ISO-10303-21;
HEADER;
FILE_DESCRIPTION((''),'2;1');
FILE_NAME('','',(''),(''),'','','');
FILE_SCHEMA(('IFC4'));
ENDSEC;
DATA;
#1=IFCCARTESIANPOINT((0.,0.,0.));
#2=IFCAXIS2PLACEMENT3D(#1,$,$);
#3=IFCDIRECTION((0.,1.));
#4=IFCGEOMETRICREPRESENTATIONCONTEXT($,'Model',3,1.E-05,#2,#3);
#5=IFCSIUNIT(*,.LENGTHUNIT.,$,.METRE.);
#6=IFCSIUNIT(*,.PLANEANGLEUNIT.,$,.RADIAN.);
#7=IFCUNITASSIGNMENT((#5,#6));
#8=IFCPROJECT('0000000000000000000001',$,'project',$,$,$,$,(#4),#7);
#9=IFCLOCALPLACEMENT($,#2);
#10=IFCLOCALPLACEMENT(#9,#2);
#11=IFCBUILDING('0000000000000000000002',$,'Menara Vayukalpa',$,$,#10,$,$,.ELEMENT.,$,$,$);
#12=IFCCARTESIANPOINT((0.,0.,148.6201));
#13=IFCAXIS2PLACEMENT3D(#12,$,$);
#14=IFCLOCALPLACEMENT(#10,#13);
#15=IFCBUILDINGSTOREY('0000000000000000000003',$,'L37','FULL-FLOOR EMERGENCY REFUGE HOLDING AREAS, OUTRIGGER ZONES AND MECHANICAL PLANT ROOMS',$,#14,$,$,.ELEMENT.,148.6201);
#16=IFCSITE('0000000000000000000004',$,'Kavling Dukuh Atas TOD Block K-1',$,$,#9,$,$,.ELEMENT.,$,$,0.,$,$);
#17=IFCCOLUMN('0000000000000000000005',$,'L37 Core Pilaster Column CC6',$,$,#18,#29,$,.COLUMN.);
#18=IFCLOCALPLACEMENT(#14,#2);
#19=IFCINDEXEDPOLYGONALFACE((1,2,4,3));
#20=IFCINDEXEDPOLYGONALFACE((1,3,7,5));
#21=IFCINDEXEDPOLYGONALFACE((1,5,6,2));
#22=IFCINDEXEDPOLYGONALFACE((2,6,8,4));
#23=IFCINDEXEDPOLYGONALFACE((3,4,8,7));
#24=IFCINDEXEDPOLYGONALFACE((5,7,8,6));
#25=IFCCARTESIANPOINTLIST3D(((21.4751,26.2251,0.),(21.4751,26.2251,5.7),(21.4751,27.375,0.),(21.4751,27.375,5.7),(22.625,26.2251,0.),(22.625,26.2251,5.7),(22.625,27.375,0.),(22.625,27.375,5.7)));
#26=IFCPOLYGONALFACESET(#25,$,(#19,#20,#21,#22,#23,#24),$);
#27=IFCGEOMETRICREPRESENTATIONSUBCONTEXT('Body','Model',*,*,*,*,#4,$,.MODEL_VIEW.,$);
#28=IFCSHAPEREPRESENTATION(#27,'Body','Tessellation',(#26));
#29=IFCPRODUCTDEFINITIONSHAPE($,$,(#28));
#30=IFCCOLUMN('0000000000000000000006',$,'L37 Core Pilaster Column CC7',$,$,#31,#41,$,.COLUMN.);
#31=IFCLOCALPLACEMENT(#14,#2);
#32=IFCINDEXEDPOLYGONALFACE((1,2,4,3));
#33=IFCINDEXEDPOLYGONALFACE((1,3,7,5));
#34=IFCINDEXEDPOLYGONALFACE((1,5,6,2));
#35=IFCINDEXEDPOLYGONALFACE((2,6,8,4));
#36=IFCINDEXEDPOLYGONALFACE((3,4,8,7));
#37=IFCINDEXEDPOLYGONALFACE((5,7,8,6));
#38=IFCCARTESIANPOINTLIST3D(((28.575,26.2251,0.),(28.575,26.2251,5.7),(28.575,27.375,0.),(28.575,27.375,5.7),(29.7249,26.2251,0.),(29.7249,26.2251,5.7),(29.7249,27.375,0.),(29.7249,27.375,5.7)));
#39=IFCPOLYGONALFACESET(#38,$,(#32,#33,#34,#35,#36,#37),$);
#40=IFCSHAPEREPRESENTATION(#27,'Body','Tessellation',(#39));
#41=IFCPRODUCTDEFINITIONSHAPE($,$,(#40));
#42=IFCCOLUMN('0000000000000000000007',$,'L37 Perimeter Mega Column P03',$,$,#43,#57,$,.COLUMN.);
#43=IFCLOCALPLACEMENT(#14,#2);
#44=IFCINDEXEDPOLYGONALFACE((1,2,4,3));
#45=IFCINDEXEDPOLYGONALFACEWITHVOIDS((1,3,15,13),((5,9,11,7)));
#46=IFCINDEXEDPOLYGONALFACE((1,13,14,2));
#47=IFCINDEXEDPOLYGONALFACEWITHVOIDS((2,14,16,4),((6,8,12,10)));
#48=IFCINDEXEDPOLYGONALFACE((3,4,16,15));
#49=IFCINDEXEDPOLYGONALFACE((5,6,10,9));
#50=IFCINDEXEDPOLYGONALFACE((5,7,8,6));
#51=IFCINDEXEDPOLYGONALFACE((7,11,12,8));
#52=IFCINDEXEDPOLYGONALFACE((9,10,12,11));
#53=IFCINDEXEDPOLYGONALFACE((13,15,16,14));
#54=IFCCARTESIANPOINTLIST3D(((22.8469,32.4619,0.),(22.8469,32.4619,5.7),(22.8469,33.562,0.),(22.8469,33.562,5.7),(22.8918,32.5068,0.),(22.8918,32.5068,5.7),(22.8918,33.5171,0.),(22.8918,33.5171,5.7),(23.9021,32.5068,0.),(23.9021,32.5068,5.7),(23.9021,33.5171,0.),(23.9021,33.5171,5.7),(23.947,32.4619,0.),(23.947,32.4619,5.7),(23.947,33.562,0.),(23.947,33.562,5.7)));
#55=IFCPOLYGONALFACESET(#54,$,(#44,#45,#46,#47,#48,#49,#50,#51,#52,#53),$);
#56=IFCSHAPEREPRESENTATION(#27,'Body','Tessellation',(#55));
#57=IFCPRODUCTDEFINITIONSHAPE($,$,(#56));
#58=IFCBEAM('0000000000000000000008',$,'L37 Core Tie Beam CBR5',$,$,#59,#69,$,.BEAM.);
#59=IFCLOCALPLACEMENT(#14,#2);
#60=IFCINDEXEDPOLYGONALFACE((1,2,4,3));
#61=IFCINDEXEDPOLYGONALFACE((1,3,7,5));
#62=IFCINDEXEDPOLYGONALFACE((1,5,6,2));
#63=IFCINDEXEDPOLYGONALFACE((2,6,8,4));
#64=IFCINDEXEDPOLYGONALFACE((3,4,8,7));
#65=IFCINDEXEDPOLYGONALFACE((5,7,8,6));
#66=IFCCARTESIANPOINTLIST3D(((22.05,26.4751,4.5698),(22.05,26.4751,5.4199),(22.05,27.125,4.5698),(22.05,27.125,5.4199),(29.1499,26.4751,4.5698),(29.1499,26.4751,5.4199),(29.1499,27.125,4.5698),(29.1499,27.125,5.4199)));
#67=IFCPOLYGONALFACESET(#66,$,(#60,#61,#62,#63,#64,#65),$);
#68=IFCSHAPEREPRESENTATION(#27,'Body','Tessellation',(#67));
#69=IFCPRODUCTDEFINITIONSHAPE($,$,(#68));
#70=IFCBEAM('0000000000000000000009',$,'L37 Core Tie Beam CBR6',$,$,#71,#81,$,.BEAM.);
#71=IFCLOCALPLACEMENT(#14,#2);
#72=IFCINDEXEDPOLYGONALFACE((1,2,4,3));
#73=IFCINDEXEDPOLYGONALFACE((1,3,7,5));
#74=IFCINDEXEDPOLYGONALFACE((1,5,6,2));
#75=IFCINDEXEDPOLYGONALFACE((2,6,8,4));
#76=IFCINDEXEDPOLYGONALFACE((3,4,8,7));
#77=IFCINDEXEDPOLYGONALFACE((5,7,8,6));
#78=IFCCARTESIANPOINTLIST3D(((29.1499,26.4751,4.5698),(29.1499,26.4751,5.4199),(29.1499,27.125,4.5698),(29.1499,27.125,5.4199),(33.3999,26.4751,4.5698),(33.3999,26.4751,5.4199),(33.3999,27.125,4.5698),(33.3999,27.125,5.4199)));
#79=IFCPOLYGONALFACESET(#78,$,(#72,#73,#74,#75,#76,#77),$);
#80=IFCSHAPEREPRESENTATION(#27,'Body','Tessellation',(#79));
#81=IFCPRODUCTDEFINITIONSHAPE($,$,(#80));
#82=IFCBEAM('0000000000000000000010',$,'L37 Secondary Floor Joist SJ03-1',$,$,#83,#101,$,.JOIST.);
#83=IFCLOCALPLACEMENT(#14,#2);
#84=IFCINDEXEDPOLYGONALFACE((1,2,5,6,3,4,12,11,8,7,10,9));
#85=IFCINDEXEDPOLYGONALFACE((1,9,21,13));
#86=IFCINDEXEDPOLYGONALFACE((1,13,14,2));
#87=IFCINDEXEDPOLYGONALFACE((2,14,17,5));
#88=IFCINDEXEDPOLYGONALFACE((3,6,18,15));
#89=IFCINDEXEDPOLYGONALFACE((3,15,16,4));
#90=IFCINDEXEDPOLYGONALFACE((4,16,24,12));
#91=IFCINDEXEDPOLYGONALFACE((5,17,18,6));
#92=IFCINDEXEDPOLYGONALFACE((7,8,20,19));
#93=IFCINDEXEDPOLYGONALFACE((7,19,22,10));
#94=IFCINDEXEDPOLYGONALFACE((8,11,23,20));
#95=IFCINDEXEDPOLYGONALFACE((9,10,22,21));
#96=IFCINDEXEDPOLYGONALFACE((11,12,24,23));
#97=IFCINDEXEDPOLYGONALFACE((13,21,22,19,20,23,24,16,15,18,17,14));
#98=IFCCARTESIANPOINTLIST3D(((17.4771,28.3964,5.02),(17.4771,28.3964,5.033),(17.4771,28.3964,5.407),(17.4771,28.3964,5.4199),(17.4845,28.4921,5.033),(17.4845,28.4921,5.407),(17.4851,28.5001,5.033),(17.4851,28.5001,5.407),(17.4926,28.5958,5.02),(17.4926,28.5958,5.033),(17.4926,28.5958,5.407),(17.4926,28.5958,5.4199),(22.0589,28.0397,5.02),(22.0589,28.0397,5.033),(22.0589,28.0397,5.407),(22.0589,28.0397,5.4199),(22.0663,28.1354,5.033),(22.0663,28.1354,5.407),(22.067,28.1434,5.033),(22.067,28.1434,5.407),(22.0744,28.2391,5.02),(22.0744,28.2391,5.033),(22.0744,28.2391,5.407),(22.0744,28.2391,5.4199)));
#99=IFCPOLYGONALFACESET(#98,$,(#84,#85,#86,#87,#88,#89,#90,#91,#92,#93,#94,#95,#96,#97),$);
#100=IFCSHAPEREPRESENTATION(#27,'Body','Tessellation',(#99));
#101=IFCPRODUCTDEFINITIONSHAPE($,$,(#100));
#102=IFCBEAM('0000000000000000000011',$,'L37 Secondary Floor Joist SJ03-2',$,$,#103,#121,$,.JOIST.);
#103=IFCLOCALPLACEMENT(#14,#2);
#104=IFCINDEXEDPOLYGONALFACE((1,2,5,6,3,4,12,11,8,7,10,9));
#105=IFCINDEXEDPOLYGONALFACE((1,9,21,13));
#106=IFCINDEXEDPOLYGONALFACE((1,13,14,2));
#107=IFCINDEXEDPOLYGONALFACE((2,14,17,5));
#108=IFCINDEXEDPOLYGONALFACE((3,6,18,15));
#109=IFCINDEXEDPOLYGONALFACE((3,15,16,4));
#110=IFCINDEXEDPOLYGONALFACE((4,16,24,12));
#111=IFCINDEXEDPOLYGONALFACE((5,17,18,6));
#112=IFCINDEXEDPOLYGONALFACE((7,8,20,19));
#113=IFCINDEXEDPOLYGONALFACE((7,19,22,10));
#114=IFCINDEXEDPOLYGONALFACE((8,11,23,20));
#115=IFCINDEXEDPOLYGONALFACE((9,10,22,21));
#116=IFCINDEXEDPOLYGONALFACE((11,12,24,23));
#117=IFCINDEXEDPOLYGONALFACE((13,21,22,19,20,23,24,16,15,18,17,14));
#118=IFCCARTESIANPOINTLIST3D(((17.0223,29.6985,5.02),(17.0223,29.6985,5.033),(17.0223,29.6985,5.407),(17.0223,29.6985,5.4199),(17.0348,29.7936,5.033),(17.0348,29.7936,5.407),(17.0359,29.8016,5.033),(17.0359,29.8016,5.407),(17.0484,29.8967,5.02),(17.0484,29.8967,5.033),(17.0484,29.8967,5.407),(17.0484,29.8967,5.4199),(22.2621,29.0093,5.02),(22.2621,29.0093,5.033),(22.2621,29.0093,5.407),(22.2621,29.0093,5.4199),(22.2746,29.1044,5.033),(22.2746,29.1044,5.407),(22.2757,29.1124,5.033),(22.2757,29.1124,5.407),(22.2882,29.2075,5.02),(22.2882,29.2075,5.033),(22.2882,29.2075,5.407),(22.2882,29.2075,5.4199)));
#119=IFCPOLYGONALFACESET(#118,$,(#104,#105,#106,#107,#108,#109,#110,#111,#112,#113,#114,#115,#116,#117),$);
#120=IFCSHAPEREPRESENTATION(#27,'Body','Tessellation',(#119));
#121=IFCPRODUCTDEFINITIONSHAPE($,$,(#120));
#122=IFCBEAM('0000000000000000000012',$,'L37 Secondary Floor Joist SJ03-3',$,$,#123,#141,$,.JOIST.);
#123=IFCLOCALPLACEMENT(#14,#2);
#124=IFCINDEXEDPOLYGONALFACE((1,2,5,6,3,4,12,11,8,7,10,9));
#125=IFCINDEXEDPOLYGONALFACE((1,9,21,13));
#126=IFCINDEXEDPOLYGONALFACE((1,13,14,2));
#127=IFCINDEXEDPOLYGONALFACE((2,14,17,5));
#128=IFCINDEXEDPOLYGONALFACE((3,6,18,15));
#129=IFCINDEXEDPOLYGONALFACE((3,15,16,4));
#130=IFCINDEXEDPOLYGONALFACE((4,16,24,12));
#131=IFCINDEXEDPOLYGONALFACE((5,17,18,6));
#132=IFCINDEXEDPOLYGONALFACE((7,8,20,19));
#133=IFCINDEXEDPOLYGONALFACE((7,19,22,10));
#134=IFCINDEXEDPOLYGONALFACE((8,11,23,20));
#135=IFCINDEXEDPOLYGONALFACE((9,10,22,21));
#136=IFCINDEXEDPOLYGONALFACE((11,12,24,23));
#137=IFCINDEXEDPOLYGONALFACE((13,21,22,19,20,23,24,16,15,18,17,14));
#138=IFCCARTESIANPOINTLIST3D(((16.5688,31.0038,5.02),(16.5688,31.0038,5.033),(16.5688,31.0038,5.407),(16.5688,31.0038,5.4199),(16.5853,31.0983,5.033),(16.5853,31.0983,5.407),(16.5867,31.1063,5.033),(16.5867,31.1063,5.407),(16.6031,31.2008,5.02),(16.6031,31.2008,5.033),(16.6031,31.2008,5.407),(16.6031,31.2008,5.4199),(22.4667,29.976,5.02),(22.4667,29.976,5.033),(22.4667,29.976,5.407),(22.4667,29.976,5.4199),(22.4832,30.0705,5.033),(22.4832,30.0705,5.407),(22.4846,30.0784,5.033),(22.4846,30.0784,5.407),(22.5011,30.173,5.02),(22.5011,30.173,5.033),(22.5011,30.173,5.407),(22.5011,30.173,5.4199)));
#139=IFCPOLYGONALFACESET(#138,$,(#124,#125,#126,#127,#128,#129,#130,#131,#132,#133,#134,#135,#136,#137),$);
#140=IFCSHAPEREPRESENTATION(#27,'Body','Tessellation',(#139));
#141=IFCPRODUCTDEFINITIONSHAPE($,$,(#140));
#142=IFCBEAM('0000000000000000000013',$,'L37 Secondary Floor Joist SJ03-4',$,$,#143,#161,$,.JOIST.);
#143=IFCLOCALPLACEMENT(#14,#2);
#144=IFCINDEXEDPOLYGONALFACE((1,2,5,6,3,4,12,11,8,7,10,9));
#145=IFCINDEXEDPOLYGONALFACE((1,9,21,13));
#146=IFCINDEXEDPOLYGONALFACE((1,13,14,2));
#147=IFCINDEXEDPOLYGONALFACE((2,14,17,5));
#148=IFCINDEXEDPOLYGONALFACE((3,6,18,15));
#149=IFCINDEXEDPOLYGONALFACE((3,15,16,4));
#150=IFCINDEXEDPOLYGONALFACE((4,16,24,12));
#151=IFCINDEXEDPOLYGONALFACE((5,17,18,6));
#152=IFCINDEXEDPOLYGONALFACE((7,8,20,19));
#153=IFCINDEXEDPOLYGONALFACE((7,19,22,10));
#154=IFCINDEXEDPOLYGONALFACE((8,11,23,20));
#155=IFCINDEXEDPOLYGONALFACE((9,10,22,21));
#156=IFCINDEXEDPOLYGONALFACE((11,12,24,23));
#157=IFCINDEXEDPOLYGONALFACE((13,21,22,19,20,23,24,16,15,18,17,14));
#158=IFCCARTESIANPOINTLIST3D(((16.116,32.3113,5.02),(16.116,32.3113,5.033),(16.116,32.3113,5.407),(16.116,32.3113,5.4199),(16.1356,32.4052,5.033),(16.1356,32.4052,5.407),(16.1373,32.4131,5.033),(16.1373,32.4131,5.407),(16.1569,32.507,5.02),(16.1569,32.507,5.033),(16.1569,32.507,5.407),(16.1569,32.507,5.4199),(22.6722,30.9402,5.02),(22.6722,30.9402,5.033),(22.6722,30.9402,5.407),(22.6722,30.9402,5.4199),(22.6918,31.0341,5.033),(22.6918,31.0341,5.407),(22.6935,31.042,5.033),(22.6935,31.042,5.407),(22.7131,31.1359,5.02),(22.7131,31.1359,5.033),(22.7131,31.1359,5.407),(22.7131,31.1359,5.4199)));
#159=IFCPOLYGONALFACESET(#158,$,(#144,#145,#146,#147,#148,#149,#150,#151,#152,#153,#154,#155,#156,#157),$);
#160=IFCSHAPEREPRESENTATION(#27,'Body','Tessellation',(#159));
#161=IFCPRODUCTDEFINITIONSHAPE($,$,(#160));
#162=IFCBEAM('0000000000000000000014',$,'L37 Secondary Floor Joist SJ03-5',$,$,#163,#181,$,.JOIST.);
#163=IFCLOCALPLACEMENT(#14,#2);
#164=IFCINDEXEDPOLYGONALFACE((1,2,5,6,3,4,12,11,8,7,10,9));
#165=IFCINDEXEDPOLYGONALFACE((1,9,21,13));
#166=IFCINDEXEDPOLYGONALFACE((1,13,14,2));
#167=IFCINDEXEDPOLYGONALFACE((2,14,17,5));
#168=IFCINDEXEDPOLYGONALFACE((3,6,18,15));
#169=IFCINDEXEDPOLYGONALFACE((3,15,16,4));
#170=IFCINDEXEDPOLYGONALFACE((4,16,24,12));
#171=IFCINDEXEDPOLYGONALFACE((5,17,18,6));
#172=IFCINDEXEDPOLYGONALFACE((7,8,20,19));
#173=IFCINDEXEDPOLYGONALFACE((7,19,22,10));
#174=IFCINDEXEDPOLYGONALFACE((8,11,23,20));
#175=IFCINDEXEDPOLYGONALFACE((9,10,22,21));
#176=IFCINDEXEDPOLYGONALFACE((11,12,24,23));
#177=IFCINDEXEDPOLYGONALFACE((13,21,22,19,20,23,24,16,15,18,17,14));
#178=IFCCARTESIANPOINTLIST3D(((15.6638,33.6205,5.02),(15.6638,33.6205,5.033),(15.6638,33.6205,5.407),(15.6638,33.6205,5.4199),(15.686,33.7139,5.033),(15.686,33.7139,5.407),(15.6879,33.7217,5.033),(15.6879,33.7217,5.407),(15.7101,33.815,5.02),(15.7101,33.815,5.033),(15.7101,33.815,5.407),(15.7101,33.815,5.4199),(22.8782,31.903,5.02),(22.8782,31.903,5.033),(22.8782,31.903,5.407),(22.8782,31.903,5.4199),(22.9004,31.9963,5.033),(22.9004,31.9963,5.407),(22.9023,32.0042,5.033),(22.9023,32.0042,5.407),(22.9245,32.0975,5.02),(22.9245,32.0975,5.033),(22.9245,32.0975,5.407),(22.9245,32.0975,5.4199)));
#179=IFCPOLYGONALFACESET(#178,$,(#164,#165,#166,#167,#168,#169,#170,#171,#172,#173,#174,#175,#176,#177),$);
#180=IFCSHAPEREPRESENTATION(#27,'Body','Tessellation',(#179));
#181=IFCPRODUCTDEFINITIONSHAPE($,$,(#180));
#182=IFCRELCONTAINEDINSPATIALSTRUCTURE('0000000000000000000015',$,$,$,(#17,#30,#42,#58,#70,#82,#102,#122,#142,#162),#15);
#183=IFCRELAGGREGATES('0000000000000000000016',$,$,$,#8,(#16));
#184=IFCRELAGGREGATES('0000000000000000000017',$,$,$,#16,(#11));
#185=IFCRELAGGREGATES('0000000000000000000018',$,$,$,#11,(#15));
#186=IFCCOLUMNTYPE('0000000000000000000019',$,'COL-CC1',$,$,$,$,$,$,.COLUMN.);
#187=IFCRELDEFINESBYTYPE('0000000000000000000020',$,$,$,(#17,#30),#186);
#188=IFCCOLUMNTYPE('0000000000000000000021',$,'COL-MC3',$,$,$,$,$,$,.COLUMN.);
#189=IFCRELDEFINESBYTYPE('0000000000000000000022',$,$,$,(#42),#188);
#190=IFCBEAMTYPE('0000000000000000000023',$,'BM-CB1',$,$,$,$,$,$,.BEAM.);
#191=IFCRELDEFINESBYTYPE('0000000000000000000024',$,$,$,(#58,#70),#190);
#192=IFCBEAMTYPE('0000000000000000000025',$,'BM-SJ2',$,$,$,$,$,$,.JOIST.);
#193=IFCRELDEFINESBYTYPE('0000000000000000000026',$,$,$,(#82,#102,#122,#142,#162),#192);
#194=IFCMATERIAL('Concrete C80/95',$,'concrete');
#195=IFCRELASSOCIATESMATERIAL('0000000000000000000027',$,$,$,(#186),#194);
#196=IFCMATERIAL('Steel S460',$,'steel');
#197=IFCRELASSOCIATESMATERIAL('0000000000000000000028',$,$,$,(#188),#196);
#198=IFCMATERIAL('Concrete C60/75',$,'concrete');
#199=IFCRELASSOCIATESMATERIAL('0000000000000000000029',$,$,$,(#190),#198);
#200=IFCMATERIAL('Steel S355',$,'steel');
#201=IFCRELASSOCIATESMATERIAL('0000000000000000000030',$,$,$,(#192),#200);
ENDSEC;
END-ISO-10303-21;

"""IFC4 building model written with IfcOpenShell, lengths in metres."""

from ifc_helpers import new_model, si_unit, direction, frame, origin, origin_2d, place, context, subcontext, project, spatial, rectangle, hollow_rectangle, i_section, extrude, material, material_profile, profile_set, type_object, element, save


model = new_model("IFC4")

# Units and contexts
model_context = context("Model", 3, precision=1e-05, world=origin(), true_north=direction((0.0, 1.0)))
body_context = subcontext(model_context, "Body", "Model", "MODEL_VIEW")
ifc_project = project(units=[si_unit("LENGTHUNIT", "METRE"), si_unit("PLANEANGLEUNIT", "RADIAN")], contexts=[model_context])

# Site, building, storey
site_placement = place(None, origin())
site = spatial("IfcSite", under=ifc_project, at=site_placement, Name="Kavling Dukuh Atas TOD Block K-1", CompositionType="ELEMENT", RefElevation=0.0)
building_placement = place(site_placement, origin())
building = spatial("IfcBuilding", under=site, at=building_placement, Name="Menara Vayukalpa", CompositionType="ELEMENT")
storey_placement = place(building_placement, frame((0.0, 0.0, 148.6201)))
storey = spatial("IfcBuildingStorey", under=building, at=storey_placement, Name="L37", Description="FULL-FLOOR EMERGENCY REFUGE HOLDING AREAS, OUTRIGGER ZONES AND MECHANICAL PLANT ROOMS", CompositionType="ELEMENT", Elevation=148.6201)

# Columns
ifc_material_1 = material(Name="Concrete C80/95", Category="concrete")
ifc_material_profile_1 = material_profile(ifc_material_1, rectangle(XDim=1.1499, YDim=1.1499, at=origin_2d()), Name="RC 1150x1150")
ifc_profile_set_1 = profile_set([ifc_material_profile_1], Name="Concrete C80/95")
column_type_1 = type_object("IfcColumnType", Name="COL-CC1", PredefinedType="COLUMN", material=ifc_profile_set_1)
for number, where, z_axis, x_axis, name in (
    (1, (22.05, 26.8, 0.0), (0.0, 0.0, 1.0), (1.0, 0.0, 0.0), "L37 Core Pilaster Column CC6"),
    (2, (29.1499, 26.8, 0.0), (0.0, 0.0, 1.0), (1.0, 0.0, 0.0), "L37 Core Pilaster Column CC7"),
):
    element("IfcColumn", number, at=place(storey_placement, frame(where, z_axis=z_axis, x_axis=x_axis)), inside=storey, type_object=column_type_1, Name=name, PredefinedType="COLUMN", context=body_context, shape_type="SweptSolid", body=[
        extrude(rectangle(XDim=1.1499, YDim=1.1499, at=origin_2d()), origin(), (0.0, 0.0, 1.0), 5.7),
    ])
ifc_material_2 = material(Name="Steel S460", Category="steel")
ifc_material_profile_2 = material_profile(ifc_material_2, hollow_rectangle(XDim=1.1001, YDim=1.1001, WallThickness=0.0449, at=origin_2d()), Name="BOX 1100x1100x45")
ifc_profile_set_2 = profile_set([ifc_material_profile_2], Name="Steel S460")
column_type_2 = type_object("IfcColumnType", Name="COL-MC3", PredefinedType="COLUMN", material=ifc_profile_set_2)
column_placement = place(storey_placement, frame((23.397, 33.012, 0.0), z_axis=(0.0, 0.0, 1.0), x_axis=(1.0, 0.0, 0.0)))
element("IfcColumn", 3, at=column_placement, inside=storey, type_object=column_type_2, Name="L37 Perimeter Mega Column P03", PredefinedType="COLUMN", context=body_context, shape_type="SweptSolid", body=[
    extrude(hollow_rectangle(XDim=1.1001, YDim=1.1001, WallThickness=0.0449, at=origin_2d()), origin(), (0.0, 0.0, 1.0), 5.7),
])

# Beams
ifc_material_3 = material(Name="Concrete C60/75", Category="concrete")
ifc_material_profile_3 = material_profile(ifc_material_3, rectangle(XDim=0.6499, YDim=0.8501, at=origin_2d()), Name="RC 650x850")
ifc_profile_set_3 = profile_set([ifc_material_profile_3], Name="Concrete C60/75")
beam_type_1 = type_object("IfcBeamType", Name="BM-CB1", PredefinedType="BEAM", material=ifc_profile_set_3)
beam_1_placement = place(storey_placement, frame((22.05, 26.8, 4.9949), z_axis=(1.0, 0.0, 0.0), x_axis=(0.0, 1.0, 0.0)))
element("IfcBeam", 4, at=beam_1_placement, inside=storey, type_object=beam_type_1, Name="L37 Core Tie Beam CBR5", PredefinedType="BEAM", context=body_context, shape_type="SweptSolid", body=[
    extrude(rectangle(XDim=0.6499, YDim=0.8501, at=origin_2d()), origin(), (0.0, 0.0, 1.0), 7.0999),
])
beam_2_placement = place(storey_placement, frame((29.1499, 26.8, 4.9949), z_axis=(1.0, 0.0, 0.0), x_axis=(0.0, 1.0, 0.0)))
element("IfcBeam", 5, at=beam_2_placement, inside=storey, type_object=beam_type_1, Name="L37 Core Tie Beam CBR6", PredefinedType="BEAM", context=body_context, shape_type="SweptSolid", body=[
    extrude(rectangle(XDim=0.6499, YDim=0.8501, at=origin_2d()), origin(), (0.0, 0.0, 1.0), 4.25),
])
ifc_material_4 = material(Name="Steel S355", Category="steel")
ifc_material_profile_4 = material_profile(ifc_material_4, i_section(OverallWidth=0.2, OverallDepth=0.3999, WebThickness=0.0081, FlangeThickness=0.0129, at=origin_2d()), Name="WF 400x200x8x13")
ifc_profile_set_4 = profile_set([ifc_material_profile_4], Name="Steel S355")
beam_type_2 = type_object("IfcBeamType", Name="BM-SJ2", PredefinedType="JOIST", material=ifc_profile_set_4)
beam_3_placement = place(storey_placement, frame((22.0667, 28.1394, 5.22), z_axis=(-0.996983, 0.077615, 0.0), x_axis=(-0.077615, -0.996983, 0.0)))
element("IfcBeam", 6, at=beam_3_placement, inside=storey, type_object=beam_type_2, Name="L37 Secondary Floor Joist SJ03-1", PredefinedType="JOIST", context=body_context, shape_type="SweptSolid", body=[
    extrude(i_section(OverallWidth=0.2, OverallDepth=0.3999, WebThickness=0.0081, FlangeThickness=0.0129, at=origin_2d()), origin(), (0.0, 0.0, 1.0), 4.5957),
])
beam_4_placement = place(storey_placement, frame((22.2751, 29.1084, 5.22), z_axis=(-0.99146, 0.130411, 0.0), x_axis=(-0.130411, -0.99146, 0.0)))
element("IfcBeam", 7, at=beam_4_placement, inside=storey, type_object=beam_type_2, Name="L37 Secondary Floor Joist SJ03-2", PredefinedType="JOIST", context=body_context, shape_type="SweptSolid", body=[
    extrude(i_section(OverallWidth=0.2, OverallDepth=0.3999, WebThickness=0.0081, FlangeThickness=0.0129, at=origin_2d()), origin(), (0.0, 0.0, 1.0), 5.2849),
])
beam_5_placement = place(storey_placement, frame((22.4839, 30.0745, 5.22), z_axis=(-0.985152, 0.171682, 0.0), x_axis=(-0.171682, -0.985152, 0.0)))
element("IfcBeam", 8, at=beam_5_placement, inside=storey, type_object=beam_type_2, Name="L37 Secondary Floor Joist SJ03-3", PredefinedType="JOIST", context=body_context, shape_type="SweptSolid", body=[
    extrude(i_section(OverallWidth=0.2, OverallDepth=0.3999, WebThickness=0.0081, FlangeThickness=0.0129, at=origin_2d()), origin(), (0.0, 0.0, 1.0), 5.9868),
])
beam_6_placement = place(storey_placement, frame((22.6926, 31.0381, 5.22), z_axis=(-0.978824, 0.204702, 0.0), x_axis=(-0.204702, -0.978824, 0.0)))
element("IfcBeam", 9, at=beam_6_placement, inside=storey, type_object=beam_type_2, Name="L37 Secondary Floor Joist SJ03-4", PredefinedType="JOIST", context=body_context, shape_type="SweptSolid", body=[
    extrude(i_section(OverallWidth=0.2, OverallDepth=0.3999, WebThickness=0.0081, FlangeThickness=0.0129, at=origin_2d()), origin(), (0.0, 0.0, 1.0), 6.698),
])
beam_7_placement = place(storey_placement, frame((22.9014, 32.0002, 5.22), z_axis=(-0.972812, 0.231598, 0.0), x_axis=(-0.231598, -0.972812, 0.0)))
element("IfcBeam", 10, at=beam_7_placement, inside=storey, type_object=beam_type_2, Name="L37 Secondary Floor Joist SJ03-5", PredefinedType="JOIST", context=body_context, shape_type="SweptSolid", body=[
    extrude(i_section(OverallWidth=0.2, OverallDepth=0.3999, WebThickness=0.0081, FlangeThickness=0.0129, at=origin_2d()), origin(), (0.0, 0.0, 1.0), 7.416),
])

save(model, "model.ifc")
